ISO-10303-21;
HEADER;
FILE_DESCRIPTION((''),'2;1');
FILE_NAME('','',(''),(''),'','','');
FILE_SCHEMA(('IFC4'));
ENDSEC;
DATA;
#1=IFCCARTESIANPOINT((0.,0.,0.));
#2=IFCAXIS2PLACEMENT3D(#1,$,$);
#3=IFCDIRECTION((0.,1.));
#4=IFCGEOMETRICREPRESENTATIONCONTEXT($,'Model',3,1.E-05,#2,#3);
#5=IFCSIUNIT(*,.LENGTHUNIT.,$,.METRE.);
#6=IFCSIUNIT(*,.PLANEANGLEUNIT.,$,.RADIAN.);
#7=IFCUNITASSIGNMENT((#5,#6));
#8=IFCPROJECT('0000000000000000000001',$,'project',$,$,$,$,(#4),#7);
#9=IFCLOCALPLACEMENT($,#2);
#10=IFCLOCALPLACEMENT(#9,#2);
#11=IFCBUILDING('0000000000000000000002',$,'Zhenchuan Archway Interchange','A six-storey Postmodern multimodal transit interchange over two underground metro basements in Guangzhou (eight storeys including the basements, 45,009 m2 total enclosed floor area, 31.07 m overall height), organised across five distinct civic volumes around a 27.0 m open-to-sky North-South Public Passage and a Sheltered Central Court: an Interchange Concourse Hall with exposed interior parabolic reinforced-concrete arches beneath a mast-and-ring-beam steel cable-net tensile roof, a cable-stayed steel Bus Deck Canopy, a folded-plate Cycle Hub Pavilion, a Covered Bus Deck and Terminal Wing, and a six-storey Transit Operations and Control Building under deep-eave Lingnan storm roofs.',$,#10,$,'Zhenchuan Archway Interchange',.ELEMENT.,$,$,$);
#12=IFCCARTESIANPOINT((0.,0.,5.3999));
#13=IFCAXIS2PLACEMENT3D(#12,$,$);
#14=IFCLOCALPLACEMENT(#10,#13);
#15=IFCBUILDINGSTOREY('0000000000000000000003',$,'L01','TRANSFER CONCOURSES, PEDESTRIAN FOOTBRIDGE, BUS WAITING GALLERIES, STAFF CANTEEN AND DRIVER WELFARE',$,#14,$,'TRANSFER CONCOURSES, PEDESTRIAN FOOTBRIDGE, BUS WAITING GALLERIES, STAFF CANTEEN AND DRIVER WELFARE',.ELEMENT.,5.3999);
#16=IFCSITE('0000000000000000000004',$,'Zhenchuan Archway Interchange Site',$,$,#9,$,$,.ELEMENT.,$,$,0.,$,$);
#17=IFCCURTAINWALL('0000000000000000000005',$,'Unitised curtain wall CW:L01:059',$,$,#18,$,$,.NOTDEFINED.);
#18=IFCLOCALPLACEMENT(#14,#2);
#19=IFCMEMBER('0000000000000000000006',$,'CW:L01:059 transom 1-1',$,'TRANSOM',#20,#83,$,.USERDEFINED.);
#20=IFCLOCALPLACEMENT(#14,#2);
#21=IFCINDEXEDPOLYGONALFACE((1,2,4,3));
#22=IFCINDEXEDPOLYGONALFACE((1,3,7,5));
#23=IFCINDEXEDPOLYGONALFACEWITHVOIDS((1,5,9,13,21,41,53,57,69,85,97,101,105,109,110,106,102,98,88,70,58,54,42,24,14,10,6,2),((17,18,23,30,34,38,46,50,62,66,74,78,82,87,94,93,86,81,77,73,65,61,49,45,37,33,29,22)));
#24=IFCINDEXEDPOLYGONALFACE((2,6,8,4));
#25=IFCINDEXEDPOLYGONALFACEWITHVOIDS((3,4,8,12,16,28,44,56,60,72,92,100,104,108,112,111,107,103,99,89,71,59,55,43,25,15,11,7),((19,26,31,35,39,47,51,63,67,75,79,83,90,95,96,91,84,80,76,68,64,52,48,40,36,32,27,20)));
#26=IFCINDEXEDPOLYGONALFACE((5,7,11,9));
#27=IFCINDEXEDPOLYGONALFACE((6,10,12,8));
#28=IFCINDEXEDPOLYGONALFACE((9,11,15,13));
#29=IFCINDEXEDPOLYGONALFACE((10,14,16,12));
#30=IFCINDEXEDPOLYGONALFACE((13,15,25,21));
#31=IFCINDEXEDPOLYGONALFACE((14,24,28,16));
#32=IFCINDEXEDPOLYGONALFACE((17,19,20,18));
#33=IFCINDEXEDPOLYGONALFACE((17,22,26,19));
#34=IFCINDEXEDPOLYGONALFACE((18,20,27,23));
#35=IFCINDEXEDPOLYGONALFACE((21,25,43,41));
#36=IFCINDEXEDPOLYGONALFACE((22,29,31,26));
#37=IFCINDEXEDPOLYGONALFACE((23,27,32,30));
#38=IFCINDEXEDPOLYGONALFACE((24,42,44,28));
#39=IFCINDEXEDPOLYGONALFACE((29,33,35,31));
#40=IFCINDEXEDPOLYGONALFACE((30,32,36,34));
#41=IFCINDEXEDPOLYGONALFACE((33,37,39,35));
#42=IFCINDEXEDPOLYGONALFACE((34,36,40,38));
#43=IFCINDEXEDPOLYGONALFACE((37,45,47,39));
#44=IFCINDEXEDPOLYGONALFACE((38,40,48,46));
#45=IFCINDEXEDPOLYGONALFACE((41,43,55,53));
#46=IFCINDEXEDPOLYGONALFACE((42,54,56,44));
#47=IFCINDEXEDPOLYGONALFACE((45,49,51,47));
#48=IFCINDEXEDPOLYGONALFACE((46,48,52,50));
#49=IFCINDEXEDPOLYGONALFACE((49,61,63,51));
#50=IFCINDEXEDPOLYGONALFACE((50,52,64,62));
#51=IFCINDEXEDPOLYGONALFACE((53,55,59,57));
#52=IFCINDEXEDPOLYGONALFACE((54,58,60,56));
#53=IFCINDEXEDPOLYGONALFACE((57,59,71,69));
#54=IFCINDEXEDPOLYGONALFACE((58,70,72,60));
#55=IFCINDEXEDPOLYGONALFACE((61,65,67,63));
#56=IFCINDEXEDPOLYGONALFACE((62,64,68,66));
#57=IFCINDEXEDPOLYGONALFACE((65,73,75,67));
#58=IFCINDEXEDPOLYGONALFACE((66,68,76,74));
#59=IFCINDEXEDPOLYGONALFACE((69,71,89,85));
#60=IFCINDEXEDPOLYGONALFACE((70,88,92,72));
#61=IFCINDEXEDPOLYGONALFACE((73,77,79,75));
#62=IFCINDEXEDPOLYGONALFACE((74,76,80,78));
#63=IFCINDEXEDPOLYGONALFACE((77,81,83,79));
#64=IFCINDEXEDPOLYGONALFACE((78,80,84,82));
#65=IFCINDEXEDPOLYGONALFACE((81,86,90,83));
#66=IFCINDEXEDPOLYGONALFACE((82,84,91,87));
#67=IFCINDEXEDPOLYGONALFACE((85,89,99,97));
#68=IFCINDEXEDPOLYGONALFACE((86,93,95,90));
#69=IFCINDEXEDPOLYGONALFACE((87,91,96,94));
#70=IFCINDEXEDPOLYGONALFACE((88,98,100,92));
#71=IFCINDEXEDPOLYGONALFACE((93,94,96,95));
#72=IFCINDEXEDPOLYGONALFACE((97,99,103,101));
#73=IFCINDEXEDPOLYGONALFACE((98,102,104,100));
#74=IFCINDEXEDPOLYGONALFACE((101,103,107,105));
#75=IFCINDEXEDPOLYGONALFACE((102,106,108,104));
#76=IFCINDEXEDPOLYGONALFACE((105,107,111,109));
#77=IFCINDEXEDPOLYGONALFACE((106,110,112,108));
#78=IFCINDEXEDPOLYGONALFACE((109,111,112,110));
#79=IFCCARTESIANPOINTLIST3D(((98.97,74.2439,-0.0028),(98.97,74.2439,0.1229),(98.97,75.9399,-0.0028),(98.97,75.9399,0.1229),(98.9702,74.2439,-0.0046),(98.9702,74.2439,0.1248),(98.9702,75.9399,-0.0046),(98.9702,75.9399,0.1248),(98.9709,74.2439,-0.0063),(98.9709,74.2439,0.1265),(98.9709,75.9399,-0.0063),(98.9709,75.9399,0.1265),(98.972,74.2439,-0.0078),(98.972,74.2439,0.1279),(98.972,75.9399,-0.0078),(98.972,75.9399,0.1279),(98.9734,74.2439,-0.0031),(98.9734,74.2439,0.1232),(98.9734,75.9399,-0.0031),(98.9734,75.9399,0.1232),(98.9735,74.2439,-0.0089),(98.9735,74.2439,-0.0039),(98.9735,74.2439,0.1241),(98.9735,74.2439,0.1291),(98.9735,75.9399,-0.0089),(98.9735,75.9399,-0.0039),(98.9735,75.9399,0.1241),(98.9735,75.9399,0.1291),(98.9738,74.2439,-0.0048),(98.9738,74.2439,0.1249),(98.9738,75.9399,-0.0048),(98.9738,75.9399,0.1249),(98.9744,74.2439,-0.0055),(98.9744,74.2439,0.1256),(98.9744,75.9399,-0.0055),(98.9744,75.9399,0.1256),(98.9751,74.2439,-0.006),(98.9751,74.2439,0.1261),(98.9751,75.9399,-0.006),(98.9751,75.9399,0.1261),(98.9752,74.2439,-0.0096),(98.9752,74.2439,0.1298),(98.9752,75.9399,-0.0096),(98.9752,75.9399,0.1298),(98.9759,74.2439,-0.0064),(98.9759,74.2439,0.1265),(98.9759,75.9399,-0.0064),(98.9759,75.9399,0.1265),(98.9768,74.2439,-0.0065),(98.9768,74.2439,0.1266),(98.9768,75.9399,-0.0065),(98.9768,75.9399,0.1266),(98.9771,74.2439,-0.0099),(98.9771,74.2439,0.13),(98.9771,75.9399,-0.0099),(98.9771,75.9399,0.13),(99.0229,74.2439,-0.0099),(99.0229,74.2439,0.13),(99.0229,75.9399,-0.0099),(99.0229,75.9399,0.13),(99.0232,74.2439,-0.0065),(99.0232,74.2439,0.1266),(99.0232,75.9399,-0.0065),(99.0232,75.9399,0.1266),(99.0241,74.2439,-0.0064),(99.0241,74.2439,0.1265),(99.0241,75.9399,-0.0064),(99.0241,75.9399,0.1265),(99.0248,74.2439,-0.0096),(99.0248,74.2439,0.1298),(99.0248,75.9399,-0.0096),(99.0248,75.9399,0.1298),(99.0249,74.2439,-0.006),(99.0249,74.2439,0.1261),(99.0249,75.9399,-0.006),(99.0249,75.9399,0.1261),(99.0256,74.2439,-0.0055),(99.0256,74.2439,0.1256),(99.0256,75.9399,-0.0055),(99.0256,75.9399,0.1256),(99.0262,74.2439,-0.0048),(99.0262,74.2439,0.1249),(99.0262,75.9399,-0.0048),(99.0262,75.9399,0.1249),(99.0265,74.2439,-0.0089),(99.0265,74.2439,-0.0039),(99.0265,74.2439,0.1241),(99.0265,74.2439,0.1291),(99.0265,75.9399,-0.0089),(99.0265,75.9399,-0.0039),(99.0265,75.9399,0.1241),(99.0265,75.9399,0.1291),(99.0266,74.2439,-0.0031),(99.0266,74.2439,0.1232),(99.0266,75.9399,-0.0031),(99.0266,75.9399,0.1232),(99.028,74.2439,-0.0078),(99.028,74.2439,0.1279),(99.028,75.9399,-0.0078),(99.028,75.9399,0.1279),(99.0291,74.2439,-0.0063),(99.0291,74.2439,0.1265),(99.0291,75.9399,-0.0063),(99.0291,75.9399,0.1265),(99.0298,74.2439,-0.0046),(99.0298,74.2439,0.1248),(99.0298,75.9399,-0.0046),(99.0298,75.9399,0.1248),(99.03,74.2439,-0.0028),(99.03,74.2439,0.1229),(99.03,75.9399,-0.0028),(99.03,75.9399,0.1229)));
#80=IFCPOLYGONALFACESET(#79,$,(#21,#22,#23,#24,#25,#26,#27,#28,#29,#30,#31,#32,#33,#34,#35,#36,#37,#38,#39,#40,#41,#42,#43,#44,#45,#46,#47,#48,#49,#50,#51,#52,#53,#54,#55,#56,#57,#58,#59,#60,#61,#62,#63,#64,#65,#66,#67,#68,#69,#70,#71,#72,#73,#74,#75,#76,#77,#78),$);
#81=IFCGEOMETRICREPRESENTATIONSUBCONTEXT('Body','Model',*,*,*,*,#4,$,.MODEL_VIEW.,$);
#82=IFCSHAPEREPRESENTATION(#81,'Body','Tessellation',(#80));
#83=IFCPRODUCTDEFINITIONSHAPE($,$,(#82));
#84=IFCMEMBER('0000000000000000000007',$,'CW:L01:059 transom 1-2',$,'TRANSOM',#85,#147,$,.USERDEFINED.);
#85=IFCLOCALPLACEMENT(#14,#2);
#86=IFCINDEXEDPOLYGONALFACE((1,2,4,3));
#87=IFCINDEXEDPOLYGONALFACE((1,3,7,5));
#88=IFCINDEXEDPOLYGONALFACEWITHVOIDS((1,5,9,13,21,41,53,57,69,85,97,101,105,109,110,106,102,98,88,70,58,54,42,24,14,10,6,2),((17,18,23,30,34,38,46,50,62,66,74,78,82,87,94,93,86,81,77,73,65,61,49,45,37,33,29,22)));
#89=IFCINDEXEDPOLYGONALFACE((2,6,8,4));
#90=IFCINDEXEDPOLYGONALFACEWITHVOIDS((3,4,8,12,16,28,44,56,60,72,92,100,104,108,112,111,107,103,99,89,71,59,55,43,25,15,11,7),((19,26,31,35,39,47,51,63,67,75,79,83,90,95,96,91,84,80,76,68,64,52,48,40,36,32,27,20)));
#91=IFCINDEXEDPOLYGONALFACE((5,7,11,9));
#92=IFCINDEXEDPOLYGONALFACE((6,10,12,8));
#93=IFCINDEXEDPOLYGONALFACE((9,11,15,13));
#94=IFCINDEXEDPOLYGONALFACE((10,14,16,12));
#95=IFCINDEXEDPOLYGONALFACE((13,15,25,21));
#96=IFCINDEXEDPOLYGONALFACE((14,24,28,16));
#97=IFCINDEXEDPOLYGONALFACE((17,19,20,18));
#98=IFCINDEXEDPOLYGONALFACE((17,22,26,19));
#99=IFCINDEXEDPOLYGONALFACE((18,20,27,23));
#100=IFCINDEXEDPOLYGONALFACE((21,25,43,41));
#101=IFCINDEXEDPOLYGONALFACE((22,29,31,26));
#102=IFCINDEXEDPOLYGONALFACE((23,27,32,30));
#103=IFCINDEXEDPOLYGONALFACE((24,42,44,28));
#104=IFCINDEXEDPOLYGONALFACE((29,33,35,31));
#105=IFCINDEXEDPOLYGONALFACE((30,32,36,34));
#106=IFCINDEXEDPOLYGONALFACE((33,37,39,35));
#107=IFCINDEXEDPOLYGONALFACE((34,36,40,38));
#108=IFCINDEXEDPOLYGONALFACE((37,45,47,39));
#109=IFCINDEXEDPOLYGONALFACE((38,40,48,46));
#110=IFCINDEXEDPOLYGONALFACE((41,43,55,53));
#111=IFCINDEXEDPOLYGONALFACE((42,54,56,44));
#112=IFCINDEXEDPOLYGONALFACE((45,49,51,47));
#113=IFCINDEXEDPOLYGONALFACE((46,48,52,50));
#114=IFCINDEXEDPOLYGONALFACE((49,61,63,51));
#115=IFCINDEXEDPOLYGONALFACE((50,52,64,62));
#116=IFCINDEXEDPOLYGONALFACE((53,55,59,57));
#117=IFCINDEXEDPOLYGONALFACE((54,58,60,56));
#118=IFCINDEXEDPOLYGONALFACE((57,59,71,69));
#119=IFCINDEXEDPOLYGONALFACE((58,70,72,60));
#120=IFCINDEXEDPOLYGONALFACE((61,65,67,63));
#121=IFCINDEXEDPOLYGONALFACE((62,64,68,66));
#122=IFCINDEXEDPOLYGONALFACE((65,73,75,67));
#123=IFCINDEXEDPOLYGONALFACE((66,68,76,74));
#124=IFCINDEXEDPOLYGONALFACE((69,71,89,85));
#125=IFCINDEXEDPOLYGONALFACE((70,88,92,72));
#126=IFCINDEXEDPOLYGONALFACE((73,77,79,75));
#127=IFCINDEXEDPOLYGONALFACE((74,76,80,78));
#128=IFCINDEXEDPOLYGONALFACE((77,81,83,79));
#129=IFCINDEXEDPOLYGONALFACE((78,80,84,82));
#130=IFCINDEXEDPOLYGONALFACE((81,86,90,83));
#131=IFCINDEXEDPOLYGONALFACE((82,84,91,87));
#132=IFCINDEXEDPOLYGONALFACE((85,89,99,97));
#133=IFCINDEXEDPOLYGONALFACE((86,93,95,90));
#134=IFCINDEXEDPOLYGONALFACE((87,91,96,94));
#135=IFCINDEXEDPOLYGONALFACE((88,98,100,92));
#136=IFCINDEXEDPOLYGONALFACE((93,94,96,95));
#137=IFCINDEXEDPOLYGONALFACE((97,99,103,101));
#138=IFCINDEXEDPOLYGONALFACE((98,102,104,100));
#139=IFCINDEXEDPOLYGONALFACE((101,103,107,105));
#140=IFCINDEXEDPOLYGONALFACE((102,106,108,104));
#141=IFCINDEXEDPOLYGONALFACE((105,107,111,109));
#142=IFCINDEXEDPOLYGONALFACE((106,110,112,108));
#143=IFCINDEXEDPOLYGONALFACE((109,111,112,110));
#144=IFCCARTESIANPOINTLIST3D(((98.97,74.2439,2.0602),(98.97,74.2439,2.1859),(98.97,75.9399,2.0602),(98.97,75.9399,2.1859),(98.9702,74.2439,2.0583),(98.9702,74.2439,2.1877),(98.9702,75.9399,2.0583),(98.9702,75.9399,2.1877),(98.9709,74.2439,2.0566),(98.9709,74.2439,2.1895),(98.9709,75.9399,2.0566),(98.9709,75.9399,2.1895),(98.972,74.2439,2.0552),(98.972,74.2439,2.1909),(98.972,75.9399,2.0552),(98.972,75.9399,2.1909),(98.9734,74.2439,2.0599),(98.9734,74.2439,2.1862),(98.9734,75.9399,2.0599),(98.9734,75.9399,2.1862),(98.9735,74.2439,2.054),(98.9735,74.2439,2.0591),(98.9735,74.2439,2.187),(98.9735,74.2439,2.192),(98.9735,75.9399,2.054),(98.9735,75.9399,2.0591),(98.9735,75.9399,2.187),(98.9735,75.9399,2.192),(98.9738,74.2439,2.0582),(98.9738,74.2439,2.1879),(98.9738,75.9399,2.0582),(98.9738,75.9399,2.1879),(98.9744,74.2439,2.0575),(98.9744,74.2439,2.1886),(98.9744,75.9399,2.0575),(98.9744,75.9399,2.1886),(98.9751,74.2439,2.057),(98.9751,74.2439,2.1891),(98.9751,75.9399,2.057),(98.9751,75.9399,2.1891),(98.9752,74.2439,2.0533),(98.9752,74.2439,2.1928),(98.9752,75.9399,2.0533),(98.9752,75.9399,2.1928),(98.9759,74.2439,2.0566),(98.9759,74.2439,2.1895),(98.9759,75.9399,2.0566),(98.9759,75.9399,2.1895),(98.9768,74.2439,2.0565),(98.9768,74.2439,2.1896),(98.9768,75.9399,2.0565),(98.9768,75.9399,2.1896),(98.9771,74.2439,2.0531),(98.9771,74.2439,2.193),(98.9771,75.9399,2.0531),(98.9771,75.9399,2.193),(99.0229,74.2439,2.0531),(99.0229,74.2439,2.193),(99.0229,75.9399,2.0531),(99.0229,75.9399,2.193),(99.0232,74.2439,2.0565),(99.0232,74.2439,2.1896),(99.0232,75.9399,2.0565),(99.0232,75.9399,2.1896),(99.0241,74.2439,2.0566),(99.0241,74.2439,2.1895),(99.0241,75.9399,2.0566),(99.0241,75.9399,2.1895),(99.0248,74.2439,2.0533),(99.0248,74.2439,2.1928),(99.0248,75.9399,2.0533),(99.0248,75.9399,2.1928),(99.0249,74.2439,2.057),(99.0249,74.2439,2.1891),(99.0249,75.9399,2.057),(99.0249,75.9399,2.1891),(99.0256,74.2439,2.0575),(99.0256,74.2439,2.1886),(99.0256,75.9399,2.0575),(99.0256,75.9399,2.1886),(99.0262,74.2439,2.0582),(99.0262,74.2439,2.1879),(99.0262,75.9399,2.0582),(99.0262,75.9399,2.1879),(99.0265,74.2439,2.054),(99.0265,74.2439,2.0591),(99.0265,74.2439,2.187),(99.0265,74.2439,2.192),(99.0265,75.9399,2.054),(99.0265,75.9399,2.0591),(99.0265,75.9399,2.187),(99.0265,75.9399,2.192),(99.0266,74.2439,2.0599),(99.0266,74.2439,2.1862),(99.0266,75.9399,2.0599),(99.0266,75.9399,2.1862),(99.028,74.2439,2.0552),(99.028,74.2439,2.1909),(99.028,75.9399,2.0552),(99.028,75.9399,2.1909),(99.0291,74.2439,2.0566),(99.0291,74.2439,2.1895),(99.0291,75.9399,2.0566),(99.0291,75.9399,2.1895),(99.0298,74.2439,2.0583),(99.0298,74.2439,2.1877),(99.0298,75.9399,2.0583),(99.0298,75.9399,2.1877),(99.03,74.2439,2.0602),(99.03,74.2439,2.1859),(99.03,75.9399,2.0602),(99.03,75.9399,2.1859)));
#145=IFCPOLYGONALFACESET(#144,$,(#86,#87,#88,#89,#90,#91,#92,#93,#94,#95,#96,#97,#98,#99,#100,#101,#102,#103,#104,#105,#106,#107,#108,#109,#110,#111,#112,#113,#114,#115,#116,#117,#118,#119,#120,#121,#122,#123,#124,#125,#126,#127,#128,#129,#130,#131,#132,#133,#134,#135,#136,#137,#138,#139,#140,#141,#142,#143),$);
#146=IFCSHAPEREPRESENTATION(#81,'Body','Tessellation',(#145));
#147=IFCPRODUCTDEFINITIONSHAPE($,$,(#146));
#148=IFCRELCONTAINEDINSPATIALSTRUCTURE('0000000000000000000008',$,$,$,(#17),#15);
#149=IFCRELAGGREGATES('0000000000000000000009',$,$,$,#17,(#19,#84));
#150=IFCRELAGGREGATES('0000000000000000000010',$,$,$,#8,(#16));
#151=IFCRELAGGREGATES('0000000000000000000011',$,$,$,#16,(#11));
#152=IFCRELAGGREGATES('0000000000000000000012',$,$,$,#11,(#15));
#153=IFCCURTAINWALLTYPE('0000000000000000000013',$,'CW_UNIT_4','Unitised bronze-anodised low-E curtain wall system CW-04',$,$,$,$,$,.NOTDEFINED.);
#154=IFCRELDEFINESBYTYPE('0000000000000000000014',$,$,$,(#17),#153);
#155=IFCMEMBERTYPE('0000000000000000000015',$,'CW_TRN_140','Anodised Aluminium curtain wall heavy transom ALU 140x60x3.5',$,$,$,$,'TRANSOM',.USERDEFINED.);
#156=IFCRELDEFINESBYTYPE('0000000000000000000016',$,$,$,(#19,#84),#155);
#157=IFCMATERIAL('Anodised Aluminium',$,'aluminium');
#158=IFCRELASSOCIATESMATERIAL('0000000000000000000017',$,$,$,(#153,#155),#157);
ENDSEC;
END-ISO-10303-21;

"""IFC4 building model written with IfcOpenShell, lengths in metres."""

from ifc_helpers import new_model, si_unit, direction, frame, origin, origin_2d, place, context, subcontext, project, spatial, hollow_rectangle, extrude, material, material_profile, profile_set, type_object, element, aggregate, save


model = new_model("IFC4")

# Units and contexts
model_context = context("Model", 3, precision=1e-05, world=origin(), true_north=direction((0.0, 1.0)))
body_context = subcontext(model_context, "Body", "Model", "MODEL_VIEW")
ifc_project = project(units=[si_unit("LENGTHUNIT", "METRE"), si_unit("PLANEANGLEUNIT", "RADIAN")], contexts=[model_context])

# Site, building, storey
site_placement = place(None, origin())
site = spatial("IfcSite", under=ifc_project, at=site_placement, Name="Zhenchuan Archway Interchange Site", CompositionType="ELEMENT", RefElevation=0.0)
building_placement = place(site_placement, origin())
building = spatial("IfcBuilding", under=site, at=building_placement, Name="Zhenchuan Archway Interchange", Description="A six-storey Postmodern multimodal transit interchange over two underground metro basements in Guangzhou (eight storeys including the basements, 45,009 m2 total enclosed floor area, 31.07 m overall height), organised across five distinct civic volumes around a 27.0 m open-to-sky North-South Public Passage and a Sheltered Central Court: an Interchange Concourse Hall with exposed interior parabolic reinforced-concrete arches beneath a mast-and-ring-beam steel cable-net tensile roof, a cable-stayed steel Bus Deck Canopy, a folded-plate Cycle Hub Pavilion, a Covered Bus Deck and Terminal Wing, and a six-storey Transit Operations and Control Building under deep-eave Lingnan storm roofs.", LongName="Zhenchuan Archway Interchange", CompositionType="ELEMENT")
storey_placement = place(building_placement, frame((0.0, 0.0, 5.3999)))
storey = spatial("IfcBuildingStorey", under=building, at=storey_placement, Name="L01", Description="TRANSFER CONCOURSES, PEDESTRIAN FOOTBRIDGE, BUS WAITING GALLERIES, STAFF CANTEEN AND DRIVER WELFARE", LongName="TRANSFER CONCOURSES, PEDESTRIAN FOOTBRIDGE, BUS WAITING GALLERIES, STAFF CANTEEN AND DRIVER WELFARE", CompositionType="ELEMENT", Elevation=5.3999)

# Curtain wall, members
ifc_material_1 = material(Name="Anodised Aluminium", Category="aluminium")
curtain_wall_type = type_object("IfcCurtainWallType", Name="CW_UNIT_4", Description="Unitised bronze-anodised low-E curtain wall system CW-04", PredefinedType="NOTDEFINED", material=ifc_material_1)
curtain_wall_placement = place(storey_placement, origin())
curtain_wall = element("IfcCurtainWall", 1, at=curtain_wall_placement, inside=storey, type_object=curtain_wall_type, Name="Unitised curtain wall CW:L01:059", PredefinedType="NOTDEFINED")
ifc_material_profile_1 = material_profile(ifc_material_1, hollow_rectangle(XDim=0.0601, YDim=0.1399, WallThickness=0.0034, InnerFilletRadius=0.0034, OuterFilletRadius=0.0071, at=origin_2d()), Name="ALU 140x60x3.5")
ifc_profile_set_1 = profile_set([ifc_material_profile_1], Name="Anodised Aluminium")
member_type_1 = type_object("IfcMemberType", Name="CW_TRN_140", Description="Anodised Aluminium curtain wall heavy transom ALU 140x60x3.5", ElementType="TRANSOM", PredefinedType="USERDEFINED", material=ifc_profile_set_1)
member_1_placement = place(storey_placement, frame((99.0, 74.2439, 0.0601), z_axis=(0.0, 1.0, 0.0), x_axis=(-1.0, 0.0, 0.0)))
member_1 = element("IfcMember", 2, at=member_1_placement, type_object=member_type_1, Name="CW:L01:059 transom 1-1", ObjectType="TRANSOM", PredefinedType="USERDEFINED", context=body_context, shape_type="SweptSolid", body=[
    extrude(hollow_rectangle(XDim=0.0601, YDim=0.1399, WallThickness=0.0034, InnerFilletRadius=0.0034, OuterFilletRadius=0.0071, at=origin_2d()), origin(), (0.0, 0.0, 1.0), 1.696),
])
member_2_placement = place(storey_placement, frame((99.0, 74.2439, 2.123), z_axis=(0.0, 1.0, 0.0), x_axis=(-1.0, 0.0, 0.0)))
member_2 = element("IfcMember", 3, at=member_2_placement, type_object=member_type_1, Name="CW:L01:059 transom 1-2", ObjectType="TRANSOM", PredefinedType="USERDEFINED", context=body_context, shape_type="SweptSolid", body=[
    extrude(hollow_rectangle(XDim=0.0601, YDim=0.1399, WallThickness=0.0034, InnerFilletRadius=0.0034, OuterFilletRadius=0.0071, at=origin_2d()), origin(), (0.0, 0.0, 1.0), 1.696),
])
aggregate(curtain_wall, [member_1, member_2])

save(model, "model.ifc")
